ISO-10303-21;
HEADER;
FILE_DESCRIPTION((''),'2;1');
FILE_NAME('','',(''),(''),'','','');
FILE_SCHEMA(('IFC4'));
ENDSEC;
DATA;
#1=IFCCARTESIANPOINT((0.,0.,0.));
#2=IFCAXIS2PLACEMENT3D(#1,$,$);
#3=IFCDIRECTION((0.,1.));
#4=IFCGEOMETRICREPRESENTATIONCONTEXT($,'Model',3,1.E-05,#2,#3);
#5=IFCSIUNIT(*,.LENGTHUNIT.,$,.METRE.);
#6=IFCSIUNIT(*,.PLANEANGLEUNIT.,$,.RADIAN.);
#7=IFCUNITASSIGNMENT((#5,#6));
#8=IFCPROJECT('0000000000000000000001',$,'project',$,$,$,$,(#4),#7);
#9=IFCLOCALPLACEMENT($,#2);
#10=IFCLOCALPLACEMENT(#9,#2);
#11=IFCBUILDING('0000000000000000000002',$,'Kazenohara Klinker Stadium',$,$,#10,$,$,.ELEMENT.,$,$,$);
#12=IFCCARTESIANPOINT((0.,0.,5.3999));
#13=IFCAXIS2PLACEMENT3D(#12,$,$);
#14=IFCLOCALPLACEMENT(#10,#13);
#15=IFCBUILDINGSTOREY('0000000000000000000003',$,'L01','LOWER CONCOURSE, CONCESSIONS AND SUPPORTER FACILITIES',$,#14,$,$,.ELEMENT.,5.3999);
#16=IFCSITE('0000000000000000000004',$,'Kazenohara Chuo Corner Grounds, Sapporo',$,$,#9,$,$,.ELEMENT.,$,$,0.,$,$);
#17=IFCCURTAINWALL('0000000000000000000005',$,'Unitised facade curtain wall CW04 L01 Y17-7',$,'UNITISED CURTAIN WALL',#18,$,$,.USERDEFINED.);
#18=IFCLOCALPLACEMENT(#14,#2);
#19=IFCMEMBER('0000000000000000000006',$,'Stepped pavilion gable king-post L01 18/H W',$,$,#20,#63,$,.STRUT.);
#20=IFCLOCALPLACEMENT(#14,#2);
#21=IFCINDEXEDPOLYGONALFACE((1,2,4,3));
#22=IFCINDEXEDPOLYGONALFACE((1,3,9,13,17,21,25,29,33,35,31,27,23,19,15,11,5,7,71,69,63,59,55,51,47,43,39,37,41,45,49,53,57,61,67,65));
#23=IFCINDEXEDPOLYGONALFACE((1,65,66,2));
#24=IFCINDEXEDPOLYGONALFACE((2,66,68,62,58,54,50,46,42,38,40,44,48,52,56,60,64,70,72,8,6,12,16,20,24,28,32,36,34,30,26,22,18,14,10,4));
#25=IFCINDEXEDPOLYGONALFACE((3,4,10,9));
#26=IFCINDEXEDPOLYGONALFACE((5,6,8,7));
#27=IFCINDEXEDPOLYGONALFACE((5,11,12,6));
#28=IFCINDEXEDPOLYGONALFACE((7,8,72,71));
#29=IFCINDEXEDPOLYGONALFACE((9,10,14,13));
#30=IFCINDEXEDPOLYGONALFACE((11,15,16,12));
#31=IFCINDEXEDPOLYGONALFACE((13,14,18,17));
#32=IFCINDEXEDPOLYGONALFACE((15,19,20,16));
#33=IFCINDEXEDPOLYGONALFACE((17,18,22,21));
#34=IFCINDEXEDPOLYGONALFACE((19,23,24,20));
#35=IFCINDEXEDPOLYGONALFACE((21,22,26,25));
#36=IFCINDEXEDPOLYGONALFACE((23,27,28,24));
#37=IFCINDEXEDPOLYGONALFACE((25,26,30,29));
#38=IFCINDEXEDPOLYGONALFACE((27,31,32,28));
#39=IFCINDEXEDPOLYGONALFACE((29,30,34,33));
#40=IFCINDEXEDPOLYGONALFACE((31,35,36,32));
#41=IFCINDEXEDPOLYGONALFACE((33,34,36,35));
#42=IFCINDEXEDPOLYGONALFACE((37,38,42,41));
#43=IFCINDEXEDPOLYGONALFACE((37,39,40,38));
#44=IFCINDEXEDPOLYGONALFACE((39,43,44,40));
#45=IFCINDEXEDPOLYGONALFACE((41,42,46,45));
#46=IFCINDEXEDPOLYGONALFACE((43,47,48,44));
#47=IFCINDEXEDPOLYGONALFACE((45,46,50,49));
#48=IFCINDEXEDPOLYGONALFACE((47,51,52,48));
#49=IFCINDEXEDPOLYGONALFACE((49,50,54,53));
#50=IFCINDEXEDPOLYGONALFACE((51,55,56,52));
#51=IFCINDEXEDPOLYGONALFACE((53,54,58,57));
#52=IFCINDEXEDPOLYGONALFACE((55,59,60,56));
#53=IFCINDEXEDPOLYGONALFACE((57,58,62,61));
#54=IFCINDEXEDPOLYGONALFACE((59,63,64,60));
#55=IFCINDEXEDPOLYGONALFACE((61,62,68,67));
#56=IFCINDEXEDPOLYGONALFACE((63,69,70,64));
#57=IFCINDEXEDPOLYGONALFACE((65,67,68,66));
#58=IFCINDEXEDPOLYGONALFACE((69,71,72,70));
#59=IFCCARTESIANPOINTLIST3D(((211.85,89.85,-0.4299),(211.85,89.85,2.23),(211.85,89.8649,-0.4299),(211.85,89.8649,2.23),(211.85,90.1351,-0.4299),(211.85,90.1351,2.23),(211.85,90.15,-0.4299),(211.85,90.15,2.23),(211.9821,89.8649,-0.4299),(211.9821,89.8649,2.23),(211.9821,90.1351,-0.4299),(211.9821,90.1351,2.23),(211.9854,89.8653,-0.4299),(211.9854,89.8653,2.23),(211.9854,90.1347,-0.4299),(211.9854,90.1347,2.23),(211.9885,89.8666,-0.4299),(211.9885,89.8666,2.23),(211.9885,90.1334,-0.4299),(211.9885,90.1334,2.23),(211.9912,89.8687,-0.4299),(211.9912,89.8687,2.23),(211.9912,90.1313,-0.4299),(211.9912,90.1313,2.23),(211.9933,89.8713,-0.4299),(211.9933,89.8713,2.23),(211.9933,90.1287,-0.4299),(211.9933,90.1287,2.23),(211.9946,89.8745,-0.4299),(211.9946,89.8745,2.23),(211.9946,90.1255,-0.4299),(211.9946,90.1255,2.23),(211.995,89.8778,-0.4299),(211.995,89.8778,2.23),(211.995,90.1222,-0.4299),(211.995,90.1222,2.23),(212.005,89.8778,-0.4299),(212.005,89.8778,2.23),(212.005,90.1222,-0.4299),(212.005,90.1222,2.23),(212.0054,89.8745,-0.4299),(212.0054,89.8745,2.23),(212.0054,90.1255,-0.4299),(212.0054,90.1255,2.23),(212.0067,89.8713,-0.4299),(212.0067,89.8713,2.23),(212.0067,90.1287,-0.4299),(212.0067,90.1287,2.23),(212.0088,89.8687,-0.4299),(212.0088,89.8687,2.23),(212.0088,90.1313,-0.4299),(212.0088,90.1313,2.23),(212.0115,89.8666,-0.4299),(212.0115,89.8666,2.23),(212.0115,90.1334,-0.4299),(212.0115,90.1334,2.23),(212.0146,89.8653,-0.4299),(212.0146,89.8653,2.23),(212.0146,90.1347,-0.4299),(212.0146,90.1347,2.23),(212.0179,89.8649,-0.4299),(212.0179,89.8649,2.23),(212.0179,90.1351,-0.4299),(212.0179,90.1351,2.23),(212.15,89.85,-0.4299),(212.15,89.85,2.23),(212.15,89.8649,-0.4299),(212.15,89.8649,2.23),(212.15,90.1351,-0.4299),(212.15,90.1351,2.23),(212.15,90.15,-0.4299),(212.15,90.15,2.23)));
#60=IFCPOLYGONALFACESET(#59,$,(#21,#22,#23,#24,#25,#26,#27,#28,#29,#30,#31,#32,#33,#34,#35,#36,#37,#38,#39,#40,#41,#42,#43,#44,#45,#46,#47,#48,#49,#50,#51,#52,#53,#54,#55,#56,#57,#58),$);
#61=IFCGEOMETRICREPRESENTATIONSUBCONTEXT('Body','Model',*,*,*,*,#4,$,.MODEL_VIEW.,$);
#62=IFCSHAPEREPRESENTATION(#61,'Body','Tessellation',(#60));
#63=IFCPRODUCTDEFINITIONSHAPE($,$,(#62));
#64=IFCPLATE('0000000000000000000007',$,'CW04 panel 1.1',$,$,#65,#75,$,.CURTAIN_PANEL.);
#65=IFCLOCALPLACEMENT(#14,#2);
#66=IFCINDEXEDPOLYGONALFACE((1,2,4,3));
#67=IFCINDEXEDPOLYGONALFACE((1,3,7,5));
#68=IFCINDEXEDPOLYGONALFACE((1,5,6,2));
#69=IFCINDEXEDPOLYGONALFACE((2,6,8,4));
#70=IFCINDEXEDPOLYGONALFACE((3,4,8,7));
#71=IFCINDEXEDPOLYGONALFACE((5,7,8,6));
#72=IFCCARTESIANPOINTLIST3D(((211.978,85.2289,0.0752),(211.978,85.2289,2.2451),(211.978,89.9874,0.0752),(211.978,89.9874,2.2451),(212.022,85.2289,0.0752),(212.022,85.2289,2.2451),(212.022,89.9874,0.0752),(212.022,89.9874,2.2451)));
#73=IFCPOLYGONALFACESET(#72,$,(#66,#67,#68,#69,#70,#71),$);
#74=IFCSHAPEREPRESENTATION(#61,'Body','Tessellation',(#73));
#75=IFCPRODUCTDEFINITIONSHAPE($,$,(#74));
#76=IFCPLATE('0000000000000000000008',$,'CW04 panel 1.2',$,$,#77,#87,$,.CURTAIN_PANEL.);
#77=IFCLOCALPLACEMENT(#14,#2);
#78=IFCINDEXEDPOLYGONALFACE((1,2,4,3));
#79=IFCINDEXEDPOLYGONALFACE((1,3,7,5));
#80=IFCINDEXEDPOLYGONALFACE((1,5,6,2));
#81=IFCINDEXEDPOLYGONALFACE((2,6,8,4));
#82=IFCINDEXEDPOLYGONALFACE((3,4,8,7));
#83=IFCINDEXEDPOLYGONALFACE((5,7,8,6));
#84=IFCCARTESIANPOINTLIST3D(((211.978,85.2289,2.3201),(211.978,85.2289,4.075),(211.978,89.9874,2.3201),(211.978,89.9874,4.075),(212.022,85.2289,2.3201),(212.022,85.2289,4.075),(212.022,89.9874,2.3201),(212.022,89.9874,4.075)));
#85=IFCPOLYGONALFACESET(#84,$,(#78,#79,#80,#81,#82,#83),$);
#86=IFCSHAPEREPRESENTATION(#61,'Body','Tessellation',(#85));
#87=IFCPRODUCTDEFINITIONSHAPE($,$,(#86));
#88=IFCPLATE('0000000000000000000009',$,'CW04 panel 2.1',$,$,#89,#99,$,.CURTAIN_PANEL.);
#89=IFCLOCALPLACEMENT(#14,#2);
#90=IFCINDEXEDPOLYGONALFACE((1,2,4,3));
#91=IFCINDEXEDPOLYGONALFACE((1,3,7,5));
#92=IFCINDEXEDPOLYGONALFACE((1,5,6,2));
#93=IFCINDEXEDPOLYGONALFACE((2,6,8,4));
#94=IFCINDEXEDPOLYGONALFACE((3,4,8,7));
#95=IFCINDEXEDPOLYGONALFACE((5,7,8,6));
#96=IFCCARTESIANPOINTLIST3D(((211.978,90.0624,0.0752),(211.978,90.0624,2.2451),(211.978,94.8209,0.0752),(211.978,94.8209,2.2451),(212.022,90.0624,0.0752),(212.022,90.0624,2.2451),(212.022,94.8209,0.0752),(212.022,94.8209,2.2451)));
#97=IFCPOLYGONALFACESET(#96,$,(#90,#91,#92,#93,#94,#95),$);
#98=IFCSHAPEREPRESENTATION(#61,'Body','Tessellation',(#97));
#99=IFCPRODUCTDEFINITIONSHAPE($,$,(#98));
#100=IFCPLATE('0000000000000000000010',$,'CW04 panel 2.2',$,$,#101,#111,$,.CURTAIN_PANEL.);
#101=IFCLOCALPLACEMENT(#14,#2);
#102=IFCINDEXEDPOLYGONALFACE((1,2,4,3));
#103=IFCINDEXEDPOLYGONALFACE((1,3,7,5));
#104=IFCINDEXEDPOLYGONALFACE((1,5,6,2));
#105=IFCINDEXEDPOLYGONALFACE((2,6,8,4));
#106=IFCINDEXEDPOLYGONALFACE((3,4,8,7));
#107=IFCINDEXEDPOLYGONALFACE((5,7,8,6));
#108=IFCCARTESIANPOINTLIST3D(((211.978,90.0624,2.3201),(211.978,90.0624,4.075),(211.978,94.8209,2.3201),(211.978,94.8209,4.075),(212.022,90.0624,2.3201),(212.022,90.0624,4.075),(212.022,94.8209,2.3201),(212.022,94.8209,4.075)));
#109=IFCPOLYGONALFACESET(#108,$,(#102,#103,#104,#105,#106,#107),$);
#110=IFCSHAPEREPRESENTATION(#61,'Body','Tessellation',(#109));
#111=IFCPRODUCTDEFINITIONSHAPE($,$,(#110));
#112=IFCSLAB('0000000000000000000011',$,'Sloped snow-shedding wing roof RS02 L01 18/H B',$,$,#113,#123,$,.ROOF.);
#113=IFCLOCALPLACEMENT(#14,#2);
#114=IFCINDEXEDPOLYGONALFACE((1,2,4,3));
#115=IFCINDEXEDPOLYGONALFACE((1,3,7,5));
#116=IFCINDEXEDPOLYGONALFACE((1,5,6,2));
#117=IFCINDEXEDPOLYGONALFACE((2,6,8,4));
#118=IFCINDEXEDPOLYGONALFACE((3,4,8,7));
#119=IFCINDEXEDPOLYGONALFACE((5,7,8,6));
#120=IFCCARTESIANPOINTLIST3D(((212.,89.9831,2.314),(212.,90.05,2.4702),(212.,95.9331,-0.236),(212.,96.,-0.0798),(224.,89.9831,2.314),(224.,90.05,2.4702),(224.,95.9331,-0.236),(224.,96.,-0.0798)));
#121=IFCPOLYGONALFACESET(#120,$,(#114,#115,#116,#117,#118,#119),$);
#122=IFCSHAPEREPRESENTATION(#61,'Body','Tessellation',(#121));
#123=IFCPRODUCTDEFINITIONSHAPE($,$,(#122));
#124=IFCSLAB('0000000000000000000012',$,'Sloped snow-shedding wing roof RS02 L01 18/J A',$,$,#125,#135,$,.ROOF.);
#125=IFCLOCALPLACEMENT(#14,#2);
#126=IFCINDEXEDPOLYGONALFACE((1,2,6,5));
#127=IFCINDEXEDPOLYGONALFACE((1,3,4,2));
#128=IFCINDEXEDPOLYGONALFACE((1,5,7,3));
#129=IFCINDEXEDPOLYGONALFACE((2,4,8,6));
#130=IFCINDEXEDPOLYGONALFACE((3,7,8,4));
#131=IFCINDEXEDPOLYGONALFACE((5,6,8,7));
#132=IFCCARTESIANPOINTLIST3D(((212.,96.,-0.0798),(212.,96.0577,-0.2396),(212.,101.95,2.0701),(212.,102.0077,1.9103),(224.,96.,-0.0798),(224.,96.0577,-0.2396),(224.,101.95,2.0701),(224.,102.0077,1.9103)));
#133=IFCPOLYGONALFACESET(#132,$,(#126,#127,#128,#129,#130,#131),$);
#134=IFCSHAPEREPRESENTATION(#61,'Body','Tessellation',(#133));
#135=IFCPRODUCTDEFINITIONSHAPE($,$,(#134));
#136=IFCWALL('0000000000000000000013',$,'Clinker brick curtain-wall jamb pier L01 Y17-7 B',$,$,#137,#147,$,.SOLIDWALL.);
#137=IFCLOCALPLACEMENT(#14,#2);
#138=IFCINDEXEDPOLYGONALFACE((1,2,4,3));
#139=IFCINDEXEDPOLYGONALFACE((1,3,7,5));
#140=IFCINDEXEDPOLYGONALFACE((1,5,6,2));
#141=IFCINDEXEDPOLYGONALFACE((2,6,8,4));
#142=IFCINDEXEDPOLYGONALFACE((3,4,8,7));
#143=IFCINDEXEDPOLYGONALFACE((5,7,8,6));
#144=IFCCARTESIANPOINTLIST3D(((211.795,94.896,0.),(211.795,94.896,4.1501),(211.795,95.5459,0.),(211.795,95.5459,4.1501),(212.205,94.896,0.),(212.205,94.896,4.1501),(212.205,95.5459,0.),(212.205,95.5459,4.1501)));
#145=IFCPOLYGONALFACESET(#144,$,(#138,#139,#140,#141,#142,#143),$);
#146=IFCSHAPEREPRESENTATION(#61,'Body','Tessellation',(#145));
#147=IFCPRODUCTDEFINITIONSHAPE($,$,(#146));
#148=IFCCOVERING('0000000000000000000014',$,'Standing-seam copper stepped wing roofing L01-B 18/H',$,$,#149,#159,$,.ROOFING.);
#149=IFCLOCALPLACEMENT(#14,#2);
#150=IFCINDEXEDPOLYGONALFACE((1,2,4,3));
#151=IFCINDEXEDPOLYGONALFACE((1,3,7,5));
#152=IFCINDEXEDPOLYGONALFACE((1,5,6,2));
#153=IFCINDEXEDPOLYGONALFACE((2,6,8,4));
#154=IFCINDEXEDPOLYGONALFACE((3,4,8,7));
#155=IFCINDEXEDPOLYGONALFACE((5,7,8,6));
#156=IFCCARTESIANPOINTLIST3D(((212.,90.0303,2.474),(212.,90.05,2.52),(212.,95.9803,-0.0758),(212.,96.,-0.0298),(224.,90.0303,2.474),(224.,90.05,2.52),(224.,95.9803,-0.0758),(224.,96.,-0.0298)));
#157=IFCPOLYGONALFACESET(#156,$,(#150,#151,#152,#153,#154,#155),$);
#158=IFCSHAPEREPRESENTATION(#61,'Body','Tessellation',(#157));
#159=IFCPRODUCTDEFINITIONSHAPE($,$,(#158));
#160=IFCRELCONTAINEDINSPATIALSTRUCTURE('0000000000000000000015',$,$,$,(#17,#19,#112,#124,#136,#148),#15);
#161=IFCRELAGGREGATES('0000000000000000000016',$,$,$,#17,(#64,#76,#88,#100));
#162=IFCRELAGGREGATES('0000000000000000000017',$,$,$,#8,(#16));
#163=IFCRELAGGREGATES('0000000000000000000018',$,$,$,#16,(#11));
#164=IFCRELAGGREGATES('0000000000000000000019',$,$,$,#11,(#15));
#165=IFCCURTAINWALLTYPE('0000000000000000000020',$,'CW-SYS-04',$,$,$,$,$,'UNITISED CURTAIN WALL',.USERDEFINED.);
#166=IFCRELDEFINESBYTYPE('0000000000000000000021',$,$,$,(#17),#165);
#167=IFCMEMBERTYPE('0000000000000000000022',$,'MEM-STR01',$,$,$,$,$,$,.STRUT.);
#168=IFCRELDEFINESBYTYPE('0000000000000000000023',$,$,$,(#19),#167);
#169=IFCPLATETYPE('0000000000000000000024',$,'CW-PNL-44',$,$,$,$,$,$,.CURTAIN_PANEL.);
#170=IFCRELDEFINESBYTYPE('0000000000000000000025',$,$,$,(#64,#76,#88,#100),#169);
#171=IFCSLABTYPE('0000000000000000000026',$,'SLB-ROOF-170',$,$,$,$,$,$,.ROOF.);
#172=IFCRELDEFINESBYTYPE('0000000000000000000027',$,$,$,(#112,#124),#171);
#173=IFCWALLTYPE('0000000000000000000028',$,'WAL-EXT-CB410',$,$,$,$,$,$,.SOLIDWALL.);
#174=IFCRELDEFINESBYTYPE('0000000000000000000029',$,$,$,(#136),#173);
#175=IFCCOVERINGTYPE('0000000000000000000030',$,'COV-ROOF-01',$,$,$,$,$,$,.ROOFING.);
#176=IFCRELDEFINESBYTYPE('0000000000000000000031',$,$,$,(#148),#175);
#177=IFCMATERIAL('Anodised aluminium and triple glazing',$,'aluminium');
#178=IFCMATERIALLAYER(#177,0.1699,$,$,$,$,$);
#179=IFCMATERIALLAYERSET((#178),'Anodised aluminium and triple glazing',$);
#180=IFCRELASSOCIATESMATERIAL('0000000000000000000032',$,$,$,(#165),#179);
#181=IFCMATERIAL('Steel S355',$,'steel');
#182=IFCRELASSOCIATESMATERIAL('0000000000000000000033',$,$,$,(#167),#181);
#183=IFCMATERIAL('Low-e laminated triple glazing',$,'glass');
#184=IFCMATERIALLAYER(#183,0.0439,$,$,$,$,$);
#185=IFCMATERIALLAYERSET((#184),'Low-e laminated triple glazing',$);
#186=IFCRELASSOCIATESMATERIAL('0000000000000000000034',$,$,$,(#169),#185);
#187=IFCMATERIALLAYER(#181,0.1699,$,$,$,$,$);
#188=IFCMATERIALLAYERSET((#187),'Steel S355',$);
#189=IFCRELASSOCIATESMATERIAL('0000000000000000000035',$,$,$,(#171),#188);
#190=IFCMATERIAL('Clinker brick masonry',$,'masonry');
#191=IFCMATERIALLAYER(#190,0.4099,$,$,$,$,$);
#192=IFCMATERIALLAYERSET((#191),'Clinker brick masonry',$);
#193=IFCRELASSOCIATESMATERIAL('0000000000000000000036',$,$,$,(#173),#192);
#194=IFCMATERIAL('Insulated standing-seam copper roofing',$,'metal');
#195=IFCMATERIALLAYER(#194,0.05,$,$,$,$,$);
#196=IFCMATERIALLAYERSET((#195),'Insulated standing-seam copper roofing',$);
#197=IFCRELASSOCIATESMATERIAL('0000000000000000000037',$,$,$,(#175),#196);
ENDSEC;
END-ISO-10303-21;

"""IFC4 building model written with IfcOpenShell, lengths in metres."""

from ifc_helpers import new_model, si_unit, direction, frame, frame_2d, origin, origin_2d, place, context, subcontext, project, spatial, polyline, rectangle, i_section, outline, extrude, material, layer, layer_set, material_profile, profile_set, type_object, element, aggregate, save


model = new_model("IFC4")

# Units and contexts
model_context = context("Model", 3, precision=1e-05, world=origin(), true_north=direction((0.0, 1.0)))
body_context = subcontext(model_context, "Body", "Model", "MODEL_VIEW")
ifc_project = project(units=[si_unit("LENGTHUNIT", "METRE"), si_unit("PLANEANGLEUNIT", "RADIAN")], contexts=[model_context])

# Site, building, storey
site_placement = place(None, origin())
site = spatial("IfcSite", under=ifc_project, at=site_placement, Name="Kazenohara Chuo Corner Grounds, Sapporo", CompositionType="ELEMENT", RefElevation=0.0)
building_placement = place(site_placement, origin())
building = spatial("IfcBuilding", under=site, at=building_placement, Name="Kazenohara Klinker Stadium", CompositionType="ELEMENT")
storey_placement = place(building_placement, frame((0.0, 0.0, 5.3999)))
storey = spatial("IfcBuildingStorey", under=building, at=storey_placement, Name="L01", Description="LOWER CONCOURSE, CONCESSIONS AND SUPPORTER FACILITIES", CompositionType="ELEMENT", Elevation=5.3999)

# Curtain wall
ifc_material_1 = material(Name="Anodised aluminium and triple glazing", Category="aluminium")
ifc_layer_1 = layer(ifc_material_1, 0.1699)
ifc_layer_set_1 = layer_set([ifc_layer_1], Name="Anodised aluminium and triple glazing")
curtain_wall_type = type_object("IfcCurtainWallType", Name="CW-SYS-04", ElementType="UNITISED CURTAIN WALL", PredefinedType="USERDEFINED", material=ifc_layer_set_1)
curtain_wall_placement = place(storey_placement, origin())
curtain_wall = element("IfcCurtainWall", 1, at=curtain_wall_placement, inside=storey, type_object=curtain_wall_type, Name="Unitised facade curtain wall CW04 L01 Y17-7", ObjectType="UNITISED CURTAIN WALL", PredefinedType="USERDEFINED")

# Member
ifc_material_2 = material(Name="Steel S355", Category="steel")
ifc_material_profile_1 = material_profile(ifc_material_2, i_section(OverallWidth=0.3, OverallDepth=0.3, WebThickness=0.01, FlangeThickness=0.0149, FilletRadius=0.0129, at=origin_2d()), Name="H-300x300x10x15")
ifc_profile_set_1 = profile_set([ifc_material_profile_1], Name="Steel S355")
member_type_1 = type_object("IfcMemberType", Name="MEM-STR01", PredefinedType="STRUT", material=ifc_profile_set_1)
member_1_placement = place(storey_placement, frame((212.0, 90.0, -0.4299), z_axis=(0.0, 0.0, 1.0), x_axis=(1.0, 0.0, 0.0)))
element("IfcMember", 2, at=member_1_placement, inside=storey, type_object=member_type_1, Name="Stepped pavilion gable king-post L01 18/H W", PredefinedType="STRUT", context=body_context, shape_type="SweptSolid", body=[
    extrude(i_section(OverallWidth=0.3, OverallDepth=0.3, WebThickness=0.01, FlangeThickness=0.0149, FilletRadius=0.0129, at=origin_2d()), origin(), (0.0, 0.0, 1.0), 2.6599),
])

# Plates
ifc_material_3 = material(Name="Low-e laminated triple glazing", Category="glass")
ifc_layer_2 = layer(ifc_material_3, 0.0439)
ifc_layer_set_2 = layer_set([ifc_layer_2], Name="Low-e laminated triple glazing")
plate_type = type_object("IfcPlateType", Name="CW-PNL-44", PredefinedType="CURTAIN_PANEL", material=ifc_layer_set_2)
plate_1_placement = place(storey_placement, frame((212.0, 87.6082, 0.0752), z_axis=(0.0, 0.0, 1.0), x_axis=(0.0, 1.0, 0.0)))
plate_1 = element("IfcPlate", 3, at=plate_1_placement, type_object=plate_type, Name="CW04 panel 1.1", PredefinedType="CURTAIN_PANEL", context=body_context, shape_type="SweptSolid", body=[
    extrude(rectangle(XDim=4.7585, YDim=0.0439, at=origin_2d()), origin(), (0.0, 0.0, 1.0), 2.1699),
])
plate_2_placement = place(storey_placement, frame((212.0, 87.6082, 2.3201), z_axis=(0.0, 0.0, 1.0), x_axis=(0.0, 1.0, 0.0)))
plate_2 = element("IfcPlate", 4, at=plate_2_placement, type_object=plate_type, Name="CW04 panel 1.2", PredefinedType="CURTAIN_PANEL", context=body_context, shape_type="SweptSolid", body=[
    extrude(rectangle(XDim=4.7585, YDim=0.0439, at=origin_2d()), origin(), (0.0, 0.0, 1.0), 1.7549),
])
plate_3_placement = place(storey_placement, frame((212.0, 92.4417, 0.0752), z_axis=(0.0, 0.0, 1.0), x_axis=(0.0, 1.0, 0.0)))
plate_3 = element("IfcPlate", 5, at=plate_3_placement, type_object=plate_type, Name="CW04 panel 2.1", PredefinedType="CURTAIN_PANEL", context=body_context, shape_type="SweptSolid", body=[
    extrude(rectangle(XDim=4.7585, YDim=0.0439, at=origin_2d()), origin(), (0.0, 0.0, 1.0), 2.1699),
])
plate_4_placement = place(storey_placement, frame((212.0, 92.4417, 2.3201), z_axis=(0.0, 0.0, 1.0), x_axis=(0.0, 1.0, 0.0)))
plate_4 = element("IfcPlate", 6, at=plate_4_placement, type_object=plate_type, Name="CW04 panel 2.2", PredefinedType="CURTAIN_PANEL", context=body_context, shape_type="SweptSolid", body=[
    extrude(rectangle(XDim=4.7585, YDim=0.0439, at=origin_2d()), origin(), (0.0, 0.0, 1.0), 1.7549),
])
aggregate(curtain_wall, [plate_1, plate_2, plate_3, plate_4])

# Slabs
ifc_layer_3 = layer(ifc_material_2, 0.1699)
ifc_layer_set_3 = layer_set([ifc_layer_3], Name="Steel S355")
slab_type = type_object("IfcSlabType", Name="SLB-ROOF-170", PredefinedType="ROOF", material=ifc_layer_set_3)
slab_1_placement = place(storey_placement, frame((212.0, 90.05, 2.4702), z_axis=(0.0, 0.393928, 0.919141), x_axis=(1.0, 0.0, 0.0)))
element("IfcSlab", 7, at=slab_1_placement, inside=storey, type_object=slab_type, Name="Sloped snow-shedding wing roof RS02 L01 18/H B", PredefinedType="ROOF", context=body_context, shape_type="SweptSolid", body=[
    extrude(outline(polyline([(0.0, 0.0), (12.0, 0.0), (12.0, 6.4734), (0.0, 6.4734), (0.0, 0.0)])), origin(), (0.0, 0.0, -1.0), 0.1699),
])
slab_2_placement = place(storey_placement, frame((212.0, 96.0, -0.0798), z_axis=(0.0, -0.339827, 0.940488), x_axis=(1.0, 0.0, 0.0)))
element("IfcSlab", 8, at=slab_2_placement, inside=storey, type_object=slab_type, Name="Sloped snow-shedding wing roof RS02 L01 18/J A", PredefinedType="ROOF", context=body_context, shape_type="SweptSolid", body=[
    extrude(outline(polyline([(0.0, 0.0), (12.0, 0.0), (12.0, 6.3265), (0.0, 6.3265), (0.0, 0.0)])), origin(), (0.0, 0.0, -1.0), 0.1699),
])

# Wall
ifc_material_4 = material(Name="Clinker brick masonry", Category="masonry")
ifc_layer_4 = layer(ifc_material_4, 0.4099)
ifc_layer_set_4 = layer_set([ifc_layer_4], Name="Clinker brick masonry")
wall_type = type_object("IfcWallType", Name="WAL-EXT-CB410", PredefinedType="SOLIDWALL", material=ifc_layer_set_4)
wall_placement = place(storey_placement, frame((212.0, 94.896, 0.0), z_axis=(0.0, 0.0, 1.0), x_axis=(0.0, 1.0, 0.0)))
element("IfcWall", 9, at=wall_placement, inside=storey, type_object=wall_type, Name="Clinker brick curtain-wall jamb pier L01 Y17-7 B", PredefinedType="SOLIDWALL", context=body_context, shape_type="SweptSolid", body=[
    extrude(rectangle(XDim=0.6499, YDim=0.4099, at=frame_2d((0.325, 0.0))), origin(), (0.0, 0.0, 1.0), 4.1501),
])

# Covering
ifc_material_5 = material(Name="Insulated standing-seam copper roofing", Category="metal")
ifc_layer_5 = layer(ifc_material_5, 0.05)
ifc_layer_set_5 = layer_set([ifc_layer_5], Name="Insulated standing-seam copper roofing")
covering_type = type_object("IfcCoveringType", Name="COV-ROOF-01", PredefinedType="ROOFING", material=ifc_layer_set_5)
covering_placement = place(storey_placement, frame((212.0, 90.05, 2.52), z_axis=(0.0, 0.393897, 0.919155), x_axis=(1.0, 0.0, 0.0)))
element("IfcCovering", 10, at=covering_placement, inside=storey, type_object=covering_type, Name="Standing-seam copper stepped wing roofing L01-B 18/H", PredefinedType="ROOFING", context=body_context, shape_type="SweptSolid", body=[
    extrude(outline(polyline([(0.0, 0.0), (12.0, 0.0), (12.0, 6.4733), (0.0, 6.4733), (0.0, 0.0)])), origin(), (0.0, 0.0, -1.0), 0.05),
])

save(model, "model.ifc")
